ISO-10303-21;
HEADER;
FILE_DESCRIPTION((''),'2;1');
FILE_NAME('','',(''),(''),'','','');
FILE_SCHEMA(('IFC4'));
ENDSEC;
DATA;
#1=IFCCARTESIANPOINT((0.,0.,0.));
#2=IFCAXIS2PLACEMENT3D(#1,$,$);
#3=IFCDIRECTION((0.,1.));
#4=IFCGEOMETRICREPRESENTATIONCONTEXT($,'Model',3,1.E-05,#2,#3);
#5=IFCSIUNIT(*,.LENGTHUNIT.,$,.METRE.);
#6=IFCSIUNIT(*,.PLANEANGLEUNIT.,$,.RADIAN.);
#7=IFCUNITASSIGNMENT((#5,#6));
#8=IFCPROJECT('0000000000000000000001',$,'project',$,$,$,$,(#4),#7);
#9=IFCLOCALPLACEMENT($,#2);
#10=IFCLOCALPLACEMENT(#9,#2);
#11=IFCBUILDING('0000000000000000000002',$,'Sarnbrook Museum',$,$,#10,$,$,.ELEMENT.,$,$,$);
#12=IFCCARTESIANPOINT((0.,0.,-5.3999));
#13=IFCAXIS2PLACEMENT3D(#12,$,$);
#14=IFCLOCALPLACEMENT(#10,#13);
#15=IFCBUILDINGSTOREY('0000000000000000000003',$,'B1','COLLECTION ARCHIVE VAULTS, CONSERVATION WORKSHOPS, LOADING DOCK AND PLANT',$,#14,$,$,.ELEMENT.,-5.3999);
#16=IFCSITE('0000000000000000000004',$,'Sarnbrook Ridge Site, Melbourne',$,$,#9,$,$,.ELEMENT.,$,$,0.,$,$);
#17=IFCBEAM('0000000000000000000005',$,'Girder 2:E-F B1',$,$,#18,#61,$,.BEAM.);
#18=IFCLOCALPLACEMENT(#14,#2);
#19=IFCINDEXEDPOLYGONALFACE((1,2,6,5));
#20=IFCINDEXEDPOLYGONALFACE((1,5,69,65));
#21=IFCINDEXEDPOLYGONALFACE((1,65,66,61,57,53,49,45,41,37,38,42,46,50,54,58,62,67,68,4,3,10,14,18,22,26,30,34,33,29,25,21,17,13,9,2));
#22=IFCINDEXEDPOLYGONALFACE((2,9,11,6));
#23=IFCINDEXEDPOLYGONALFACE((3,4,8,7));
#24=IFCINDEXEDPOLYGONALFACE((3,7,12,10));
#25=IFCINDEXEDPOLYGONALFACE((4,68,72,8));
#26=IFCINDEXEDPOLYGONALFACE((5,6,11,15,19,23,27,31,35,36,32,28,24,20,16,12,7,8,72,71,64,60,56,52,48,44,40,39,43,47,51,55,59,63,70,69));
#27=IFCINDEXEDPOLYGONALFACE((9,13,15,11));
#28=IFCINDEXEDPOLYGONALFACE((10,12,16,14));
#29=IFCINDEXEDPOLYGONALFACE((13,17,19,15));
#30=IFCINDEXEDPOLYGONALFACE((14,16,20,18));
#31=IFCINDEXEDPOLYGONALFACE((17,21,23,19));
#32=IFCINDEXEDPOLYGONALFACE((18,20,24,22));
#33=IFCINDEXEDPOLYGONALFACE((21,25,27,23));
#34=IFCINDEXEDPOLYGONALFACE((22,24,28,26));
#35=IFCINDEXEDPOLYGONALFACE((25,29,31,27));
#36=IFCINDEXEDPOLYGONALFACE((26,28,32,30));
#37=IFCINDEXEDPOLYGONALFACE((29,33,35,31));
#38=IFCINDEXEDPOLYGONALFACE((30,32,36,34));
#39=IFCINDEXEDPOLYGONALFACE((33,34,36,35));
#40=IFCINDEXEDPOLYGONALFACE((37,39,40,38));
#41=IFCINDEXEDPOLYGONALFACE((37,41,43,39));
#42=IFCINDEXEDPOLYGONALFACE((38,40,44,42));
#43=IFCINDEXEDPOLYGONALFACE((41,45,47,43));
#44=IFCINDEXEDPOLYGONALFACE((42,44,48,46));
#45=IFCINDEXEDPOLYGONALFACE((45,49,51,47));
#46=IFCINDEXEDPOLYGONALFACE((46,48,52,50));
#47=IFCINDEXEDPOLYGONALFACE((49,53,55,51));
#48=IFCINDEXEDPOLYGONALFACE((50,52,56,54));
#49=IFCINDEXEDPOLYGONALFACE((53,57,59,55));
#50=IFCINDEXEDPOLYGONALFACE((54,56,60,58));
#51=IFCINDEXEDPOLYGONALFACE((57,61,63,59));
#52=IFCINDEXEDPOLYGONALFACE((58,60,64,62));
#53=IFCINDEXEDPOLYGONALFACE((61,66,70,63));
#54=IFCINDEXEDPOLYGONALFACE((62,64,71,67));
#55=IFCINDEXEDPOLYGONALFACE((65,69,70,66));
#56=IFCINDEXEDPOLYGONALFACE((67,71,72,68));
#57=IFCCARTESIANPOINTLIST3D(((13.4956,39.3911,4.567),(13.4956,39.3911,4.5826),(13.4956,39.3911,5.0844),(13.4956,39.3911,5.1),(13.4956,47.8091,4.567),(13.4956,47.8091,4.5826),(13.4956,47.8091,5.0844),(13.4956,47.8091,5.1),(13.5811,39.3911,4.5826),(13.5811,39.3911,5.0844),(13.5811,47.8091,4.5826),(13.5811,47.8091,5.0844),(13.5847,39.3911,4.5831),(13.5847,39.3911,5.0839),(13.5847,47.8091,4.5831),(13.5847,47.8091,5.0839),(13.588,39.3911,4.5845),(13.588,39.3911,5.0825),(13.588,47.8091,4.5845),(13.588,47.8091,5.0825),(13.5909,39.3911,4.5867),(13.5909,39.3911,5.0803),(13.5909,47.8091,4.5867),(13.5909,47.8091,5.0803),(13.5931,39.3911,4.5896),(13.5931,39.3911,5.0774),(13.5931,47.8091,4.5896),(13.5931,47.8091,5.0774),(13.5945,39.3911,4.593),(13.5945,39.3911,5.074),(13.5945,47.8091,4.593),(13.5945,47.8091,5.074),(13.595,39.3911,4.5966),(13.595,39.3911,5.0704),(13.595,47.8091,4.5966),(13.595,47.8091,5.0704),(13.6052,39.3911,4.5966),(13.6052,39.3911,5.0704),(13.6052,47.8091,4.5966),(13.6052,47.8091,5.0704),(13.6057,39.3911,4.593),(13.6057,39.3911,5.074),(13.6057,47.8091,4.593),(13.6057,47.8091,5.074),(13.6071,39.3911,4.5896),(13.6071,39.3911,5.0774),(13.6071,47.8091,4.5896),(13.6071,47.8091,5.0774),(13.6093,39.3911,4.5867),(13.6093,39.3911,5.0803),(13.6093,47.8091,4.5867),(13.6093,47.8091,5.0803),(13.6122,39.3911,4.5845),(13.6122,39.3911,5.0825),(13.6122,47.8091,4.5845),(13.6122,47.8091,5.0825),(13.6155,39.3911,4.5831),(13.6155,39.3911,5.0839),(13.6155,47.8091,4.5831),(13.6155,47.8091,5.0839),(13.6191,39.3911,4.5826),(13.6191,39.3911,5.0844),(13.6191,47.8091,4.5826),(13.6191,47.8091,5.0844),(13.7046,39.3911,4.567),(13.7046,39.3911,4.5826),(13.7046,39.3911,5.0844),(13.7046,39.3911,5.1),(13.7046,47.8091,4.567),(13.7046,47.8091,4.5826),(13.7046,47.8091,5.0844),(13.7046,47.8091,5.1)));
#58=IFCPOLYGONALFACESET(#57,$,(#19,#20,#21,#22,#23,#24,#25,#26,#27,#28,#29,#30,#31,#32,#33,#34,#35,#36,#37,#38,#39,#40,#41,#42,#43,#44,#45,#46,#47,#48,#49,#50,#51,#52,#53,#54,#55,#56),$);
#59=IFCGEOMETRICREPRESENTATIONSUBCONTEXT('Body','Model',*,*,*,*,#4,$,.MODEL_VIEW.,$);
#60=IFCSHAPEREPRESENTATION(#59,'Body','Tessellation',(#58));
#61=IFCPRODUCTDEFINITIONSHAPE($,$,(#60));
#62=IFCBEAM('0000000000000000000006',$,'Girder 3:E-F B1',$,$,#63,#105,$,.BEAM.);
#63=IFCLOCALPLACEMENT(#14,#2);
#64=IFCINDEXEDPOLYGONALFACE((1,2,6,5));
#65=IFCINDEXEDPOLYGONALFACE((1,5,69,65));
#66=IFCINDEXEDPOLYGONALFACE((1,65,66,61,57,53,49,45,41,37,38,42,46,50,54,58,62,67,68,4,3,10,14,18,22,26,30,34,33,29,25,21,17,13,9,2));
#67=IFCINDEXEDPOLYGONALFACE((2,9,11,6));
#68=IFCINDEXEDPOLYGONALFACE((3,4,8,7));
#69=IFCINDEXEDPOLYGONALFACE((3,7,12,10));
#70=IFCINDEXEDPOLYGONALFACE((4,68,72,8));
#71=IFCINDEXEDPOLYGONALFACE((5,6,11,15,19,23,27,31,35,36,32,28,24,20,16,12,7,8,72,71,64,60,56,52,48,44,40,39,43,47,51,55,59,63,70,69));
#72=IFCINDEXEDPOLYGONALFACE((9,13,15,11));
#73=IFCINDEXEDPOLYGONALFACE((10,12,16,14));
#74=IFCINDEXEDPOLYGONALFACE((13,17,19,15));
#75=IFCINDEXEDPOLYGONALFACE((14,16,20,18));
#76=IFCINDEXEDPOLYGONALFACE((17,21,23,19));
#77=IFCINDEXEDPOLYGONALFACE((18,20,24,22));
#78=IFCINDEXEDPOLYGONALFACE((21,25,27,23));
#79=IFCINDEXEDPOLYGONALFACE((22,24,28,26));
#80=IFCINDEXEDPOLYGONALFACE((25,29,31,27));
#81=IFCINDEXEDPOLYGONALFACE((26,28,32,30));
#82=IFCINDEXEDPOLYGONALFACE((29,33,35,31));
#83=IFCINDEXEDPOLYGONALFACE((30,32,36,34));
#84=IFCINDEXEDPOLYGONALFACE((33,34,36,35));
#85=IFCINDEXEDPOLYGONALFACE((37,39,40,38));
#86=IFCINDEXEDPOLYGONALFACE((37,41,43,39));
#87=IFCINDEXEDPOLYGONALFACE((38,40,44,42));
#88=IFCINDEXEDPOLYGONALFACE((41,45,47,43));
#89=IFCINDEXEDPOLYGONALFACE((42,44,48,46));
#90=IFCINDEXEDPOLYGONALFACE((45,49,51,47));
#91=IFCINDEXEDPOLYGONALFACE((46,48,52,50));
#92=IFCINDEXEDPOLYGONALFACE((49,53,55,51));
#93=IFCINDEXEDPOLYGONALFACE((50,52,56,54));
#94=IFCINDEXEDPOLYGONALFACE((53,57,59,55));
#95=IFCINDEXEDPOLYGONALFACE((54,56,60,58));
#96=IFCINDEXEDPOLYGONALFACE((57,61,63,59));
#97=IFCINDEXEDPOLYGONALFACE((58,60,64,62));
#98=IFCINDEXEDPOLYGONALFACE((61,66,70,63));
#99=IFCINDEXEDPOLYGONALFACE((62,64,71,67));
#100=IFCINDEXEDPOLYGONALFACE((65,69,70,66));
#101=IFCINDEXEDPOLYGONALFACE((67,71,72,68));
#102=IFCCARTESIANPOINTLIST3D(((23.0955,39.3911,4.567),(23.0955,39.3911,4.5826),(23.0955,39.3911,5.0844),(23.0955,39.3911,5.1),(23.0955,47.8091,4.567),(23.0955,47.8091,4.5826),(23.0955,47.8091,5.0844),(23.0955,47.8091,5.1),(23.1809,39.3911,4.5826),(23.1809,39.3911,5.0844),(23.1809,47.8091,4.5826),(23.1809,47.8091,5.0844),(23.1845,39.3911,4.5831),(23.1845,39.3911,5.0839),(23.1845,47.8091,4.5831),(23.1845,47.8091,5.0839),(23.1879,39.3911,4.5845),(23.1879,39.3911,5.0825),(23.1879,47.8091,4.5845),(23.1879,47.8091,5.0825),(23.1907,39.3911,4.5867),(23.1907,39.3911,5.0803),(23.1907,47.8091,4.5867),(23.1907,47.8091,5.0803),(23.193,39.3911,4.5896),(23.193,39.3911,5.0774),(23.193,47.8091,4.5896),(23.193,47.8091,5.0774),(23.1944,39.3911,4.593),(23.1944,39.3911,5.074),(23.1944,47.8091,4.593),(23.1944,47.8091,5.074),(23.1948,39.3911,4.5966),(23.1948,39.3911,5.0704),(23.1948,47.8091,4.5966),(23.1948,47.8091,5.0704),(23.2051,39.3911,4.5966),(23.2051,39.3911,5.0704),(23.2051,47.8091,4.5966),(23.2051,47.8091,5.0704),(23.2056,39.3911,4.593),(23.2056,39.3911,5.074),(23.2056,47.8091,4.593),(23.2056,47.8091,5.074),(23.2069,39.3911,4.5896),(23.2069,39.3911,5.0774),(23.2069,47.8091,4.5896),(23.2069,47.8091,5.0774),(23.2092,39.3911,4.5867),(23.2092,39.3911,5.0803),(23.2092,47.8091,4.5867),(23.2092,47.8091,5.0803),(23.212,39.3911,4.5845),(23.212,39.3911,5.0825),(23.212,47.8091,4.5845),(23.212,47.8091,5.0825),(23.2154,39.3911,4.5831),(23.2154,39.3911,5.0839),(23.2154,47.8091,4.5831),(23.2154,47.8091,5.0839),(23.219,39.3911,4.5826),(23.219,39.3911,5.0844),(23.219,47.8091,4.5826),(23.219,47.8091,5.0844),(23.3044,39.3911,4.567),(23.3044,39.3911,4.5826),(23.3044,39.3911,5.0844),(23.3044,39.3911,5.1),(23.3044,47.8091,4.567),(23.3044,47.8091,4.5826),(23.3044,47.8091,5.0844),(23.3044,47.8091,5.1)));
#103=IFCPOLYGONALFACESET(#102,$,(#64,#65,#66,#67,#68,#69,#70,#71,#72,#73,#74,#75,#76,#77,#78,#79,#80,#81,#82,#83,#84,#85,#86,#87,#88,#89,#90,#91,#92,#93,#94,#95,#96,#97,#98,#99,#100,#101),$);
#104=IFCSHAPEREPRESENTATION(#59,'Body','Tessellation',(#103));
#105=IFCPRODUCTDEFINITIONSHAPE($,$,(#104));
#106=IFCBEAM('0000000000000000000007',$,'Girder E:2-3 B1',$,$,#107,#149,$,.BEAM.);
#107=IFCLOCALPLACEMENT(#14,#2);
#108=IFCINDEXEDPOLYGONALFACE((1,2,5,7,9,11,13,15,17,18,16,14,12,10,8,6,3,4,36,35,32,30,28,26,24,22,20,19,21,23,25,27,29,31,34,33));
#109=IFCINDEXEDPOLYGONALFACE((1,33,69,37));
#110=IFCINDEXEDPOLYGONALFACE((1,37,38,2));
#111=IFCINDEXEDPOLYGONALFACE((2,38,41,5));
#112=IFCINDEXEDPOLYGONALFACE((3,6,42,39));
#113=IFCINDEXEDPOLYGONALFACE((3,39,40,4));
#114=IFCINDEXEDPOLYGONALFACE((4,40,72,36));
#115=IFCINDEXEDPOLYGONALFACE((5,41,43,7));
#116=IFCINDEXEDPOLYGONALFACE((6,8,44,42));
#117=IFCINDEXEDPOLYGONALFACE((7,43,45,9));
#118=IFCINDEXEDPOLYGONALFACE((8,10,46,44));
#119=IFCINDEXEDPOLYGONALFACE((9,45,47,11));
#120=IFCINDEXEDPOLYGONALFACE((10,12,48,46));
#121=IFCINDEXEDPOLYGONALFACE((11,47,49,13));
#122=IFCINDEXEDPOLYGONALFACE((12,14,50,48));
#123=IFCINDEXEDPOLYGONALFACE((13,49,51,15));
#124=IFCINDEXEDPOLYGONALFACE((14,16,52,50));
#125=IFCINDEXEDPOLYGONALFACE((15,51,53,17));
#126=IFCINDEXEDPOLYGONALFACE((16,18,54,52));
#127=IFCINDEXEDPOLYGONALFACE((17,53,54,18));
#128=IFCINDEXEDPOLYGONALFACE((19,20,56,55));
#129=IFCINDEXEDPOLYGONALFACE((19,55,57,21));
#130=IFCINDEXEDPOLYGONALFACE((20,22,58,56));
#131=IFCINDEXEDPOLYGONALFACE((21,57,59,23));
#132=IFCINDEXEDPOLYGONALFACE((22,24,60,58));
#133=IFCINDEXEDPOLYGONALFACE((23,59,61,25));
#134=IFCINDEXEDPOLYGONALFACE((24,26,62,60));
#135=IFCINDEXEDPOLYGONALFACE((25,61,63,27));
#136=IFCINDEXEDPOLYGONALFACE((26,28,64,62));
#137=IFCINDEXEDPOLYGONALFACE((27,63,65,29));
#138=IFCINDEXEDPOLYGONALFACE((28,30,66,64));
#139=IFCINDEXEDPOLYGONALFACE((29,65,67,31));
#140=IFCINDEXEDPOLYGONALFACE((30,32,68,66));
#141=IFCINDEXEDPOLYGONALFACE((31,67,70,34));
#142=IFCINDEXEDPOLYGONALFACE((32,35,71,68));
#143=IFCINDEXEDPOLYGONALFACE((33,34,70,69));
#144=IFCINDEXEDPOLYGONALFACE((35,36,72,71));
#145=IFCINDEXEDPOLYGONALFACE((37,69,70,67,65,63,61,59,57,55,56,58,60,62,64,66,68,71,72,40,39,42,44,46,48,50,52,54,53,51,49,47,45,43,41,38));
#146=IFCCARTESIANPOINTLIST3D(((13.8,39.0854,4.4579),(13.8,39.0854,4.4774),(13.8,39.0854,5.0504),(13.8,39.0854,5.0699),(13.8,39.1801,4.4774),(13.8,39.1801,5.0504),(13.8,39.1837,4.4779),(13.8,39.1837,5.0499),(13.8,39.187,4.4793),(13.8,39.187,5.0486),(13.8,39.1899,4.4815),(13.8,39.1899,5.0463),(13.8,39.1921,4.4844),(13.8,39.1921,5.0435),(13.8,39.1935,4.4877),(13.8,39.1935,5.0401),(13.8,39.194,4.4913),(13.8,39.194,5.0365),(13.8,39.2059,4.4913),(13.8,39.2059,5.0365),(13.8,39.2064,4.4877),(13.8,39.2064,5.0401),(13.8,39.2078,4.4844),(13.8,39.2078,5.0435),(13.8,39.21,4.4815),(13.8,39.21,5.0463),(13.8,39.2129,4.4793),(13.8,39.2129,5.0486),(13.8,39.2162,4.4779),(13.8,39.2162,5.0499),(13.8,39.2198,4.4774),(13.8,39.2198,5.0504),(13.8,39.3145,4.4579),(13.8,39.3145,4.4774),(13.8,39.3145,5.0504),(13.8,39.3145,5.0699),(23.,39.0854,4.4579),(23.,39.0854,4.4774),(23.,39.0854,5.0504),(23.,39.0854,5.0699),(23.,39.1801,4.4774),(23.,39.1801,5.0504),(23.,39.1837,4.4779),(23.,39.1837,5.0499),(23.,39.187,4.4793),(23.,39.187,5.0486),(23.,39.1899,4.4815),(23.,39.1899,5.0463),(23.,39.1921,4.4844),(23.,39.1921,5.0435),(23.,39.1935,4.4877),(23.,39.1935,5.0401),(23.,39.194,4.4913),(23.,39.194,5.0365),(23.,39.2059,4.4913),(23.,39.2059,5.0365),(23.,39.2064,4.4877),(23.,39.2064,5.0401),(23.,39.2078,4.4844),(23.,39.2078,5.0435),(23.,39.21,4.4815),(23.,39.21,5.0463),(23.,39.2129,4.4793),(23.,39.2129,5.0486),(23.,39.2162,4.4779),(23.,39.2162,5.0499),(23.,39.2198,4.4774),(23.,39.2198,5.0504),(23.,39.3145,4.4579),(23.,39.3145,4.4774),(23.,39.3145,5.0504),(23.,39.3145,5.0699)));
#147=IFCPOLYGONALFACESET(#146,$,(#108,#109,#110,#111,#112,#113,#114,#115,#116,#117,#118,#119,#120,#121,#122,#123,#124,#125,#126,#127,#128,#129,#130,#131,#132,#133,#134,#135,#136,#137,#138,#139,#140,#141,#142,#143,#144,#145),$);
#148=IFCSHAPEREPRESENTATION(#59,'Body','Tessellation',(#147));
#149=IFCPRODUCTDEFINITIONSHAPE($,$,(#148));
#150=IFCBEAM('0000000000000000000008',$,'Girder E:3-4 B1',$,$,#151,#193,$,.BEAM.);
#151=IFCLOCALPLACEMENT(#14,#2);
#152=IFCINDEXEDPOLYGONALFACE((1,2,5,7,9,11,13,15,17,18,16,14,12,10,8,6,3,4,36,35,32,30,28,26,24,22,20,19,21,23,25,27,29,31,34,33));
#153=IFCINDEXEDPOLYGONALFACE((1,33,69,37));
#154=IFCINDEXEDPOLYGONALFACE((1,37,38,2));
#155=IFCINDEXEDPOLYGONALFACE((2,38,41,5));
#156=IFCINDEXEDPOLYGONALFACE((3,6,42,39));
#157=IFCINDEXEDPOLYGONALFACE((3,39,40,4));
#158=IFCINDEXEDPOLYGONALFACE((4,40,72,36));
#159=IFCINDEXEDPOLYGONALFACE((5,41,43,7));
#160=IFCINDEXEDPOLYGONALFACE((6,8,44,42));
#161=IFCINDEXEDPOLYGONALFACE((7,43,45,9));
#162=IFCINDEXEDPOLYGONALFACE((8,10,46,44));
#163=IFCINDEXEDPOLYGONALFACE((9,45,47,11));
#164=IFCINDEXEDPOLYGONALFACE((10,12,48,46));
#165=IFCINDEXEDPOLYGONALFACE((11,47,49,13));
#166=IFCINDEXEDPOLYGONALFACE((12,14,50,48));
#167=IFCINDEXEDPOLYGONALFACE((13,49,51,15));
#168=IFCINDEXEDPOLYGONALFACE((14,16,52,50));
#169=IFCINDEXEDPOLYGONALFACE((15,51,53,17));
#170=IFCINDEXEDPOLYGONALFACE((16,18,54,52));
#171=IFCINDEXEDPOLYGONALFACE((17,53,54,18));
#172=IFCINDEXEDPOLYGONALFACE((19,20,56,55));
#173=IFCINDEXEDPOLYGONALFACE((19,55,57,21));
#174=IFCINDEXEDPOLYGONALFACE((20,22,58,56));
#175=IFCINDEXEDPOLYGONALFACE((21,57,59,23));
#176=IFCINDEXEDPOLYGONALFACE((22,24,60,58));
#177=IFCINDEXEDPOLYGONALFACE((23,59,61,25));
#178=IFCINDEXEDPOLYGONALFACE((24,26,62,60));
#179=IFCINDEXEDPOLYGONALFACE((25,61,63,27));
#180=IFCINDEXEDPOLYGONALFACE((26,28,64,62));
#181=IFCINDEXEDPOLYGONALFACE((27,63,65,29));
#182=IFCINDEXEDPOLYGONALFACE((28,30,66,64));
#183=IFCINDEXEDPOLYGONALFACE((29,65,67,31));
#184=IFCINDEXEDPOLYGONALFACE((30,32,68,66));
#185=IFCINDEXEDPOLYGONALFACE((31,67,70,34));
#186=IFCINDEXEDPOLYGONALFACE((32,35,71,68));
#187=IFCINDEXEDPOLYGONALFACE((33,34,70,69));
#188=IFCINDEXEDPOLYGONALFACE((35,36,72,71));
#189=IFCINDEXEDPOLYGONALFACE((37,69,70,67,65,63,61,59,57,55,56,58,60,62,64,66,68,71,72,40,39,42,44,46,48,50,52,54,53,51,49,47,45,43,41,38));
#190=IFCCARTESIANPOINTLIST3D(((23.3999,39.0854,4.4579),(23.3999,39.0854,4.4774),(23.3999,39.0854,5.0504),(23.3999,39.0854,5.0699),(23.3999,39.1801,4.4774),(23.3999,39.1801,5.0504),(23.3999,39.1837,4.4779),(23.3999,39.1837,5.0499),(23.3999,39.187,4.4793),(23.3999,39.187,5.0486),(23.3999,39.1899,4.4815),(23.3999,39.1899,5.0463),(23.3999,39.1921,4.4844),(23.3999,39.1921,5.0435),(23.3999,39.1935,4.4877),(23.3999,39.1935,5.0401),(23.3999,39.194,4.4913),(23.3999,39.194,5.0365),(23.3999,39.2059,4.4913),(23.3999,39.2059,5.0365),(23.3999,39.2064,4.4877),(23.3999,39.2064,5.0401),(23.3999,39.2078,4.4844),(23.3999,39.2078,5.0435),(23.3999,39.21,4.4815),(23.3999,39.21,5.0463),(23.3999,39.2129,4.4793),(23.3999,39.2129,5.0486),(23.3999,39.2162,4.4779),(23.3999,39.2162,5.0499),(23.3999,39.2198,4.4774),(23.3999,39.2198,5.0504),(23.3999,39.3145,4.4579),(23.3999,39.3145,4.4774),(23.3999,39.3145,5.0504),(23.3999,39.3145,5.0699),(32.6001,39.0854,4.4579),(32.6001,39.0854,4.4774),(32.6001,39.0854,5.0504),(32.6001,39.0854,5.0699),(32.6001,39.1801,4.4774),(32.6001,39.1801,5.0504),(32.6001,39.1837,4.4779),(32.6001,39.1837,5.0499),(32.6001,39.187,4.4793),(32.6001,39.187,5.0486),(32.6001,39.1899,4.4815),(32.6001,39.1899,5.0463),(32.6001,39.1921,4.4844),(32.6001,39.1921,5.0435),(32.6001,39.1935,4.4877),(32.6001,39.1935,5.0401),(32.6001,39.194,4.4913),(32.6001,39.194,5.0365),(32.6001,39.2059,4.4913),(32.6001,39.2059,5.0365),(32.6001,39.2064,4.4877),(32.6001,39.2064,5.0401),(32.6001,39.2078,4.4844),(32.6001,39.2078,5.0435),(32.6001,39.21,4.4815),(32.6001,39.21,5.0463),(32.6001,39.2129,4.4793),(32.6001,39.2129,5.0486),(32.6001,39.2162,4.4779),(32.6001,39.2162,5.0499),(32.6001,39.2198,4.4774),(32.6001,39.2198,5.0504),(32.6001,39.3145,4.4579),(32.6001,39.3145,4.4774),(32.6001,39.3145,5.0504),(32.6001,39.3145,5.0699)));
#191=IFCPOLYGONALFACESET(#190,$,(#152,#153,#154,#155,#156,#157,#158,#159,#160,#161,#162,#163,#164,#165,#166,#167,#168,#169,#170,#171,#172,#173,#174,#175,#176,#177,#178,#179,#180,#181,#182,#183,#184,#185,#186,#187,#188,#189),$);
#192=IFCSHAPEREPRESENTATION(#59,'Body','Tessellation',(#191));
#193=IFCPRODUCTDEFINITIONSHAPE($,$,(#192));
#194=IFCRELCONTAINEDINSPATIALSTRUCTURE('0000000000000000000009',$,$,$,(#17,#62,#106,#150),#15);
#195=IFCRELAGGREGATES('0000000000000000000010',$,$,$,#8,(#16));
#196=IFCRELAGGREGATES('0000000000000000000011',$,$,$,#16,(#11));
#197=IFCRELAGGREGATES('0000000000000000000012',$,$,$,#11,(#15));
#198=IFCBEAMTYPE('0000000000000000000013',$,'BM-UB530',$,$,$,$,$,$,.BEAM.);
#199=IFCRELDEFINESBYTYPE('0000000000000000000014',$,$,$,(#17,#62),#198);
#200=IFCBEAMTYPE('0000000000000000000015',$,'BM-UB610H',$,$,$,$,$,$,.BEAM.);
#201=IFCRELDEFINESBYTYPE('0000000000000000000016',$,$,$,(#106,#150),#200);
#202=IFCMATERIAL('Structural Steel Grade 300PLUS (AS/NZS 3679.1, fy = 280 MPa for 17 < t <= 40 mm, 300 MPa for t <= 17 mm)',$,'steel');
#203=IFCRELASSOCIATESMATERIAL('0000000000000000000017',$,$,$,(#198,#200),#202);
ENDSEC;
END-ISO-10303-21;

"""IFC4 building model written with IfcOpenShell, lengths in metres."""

from ifc_helpers import new_model, si_unit, direction, frame, origin, origin_2d, place, context, subcontext, project, spatial, i_section, extrude, material, material_profile, profile_set, type_object, element, save


model = new_model("IFC4")

# Units and contexts
model_context = context("Model", 3, precision=1e-05, world=origin(), true_north=direction((0.0, 1.0)))
body_context = subcontext(model_context, "Body", "Model", "MODEL_VIEW")
ifc_project = project(units=[si_unit("LENGTHUNIT", "METRE"), si_unit("PLANEANGLEUNIT", "RADIAN")], contexts=[model_context])

# Site, building, storey
site_placement = place(None, origin())
site = spatial("IfcSite", under=ifc_project, at=site_placement, Name="Sarnbrook Ridge Site, Melbourne", CompositionType="ELEMENT", RefElevation=0.0)
building_placement = place(site_placement, origin())
building = spatial("IfcBuilding", under=site, at=building_placement, Name="Sarnbrook Museum", CompositionType="ELEMENT")
storey_placement = place(building_placement, frame((0.0, 0.0, -5.3999)))
storey = spatial("IfcBuildingStorey", under=building, at=storey_placement, Name="B1", Description="COLLECTION ARCHIVE VAULTS, CONSERVATION WORKSHOPS, LOADING DOCK AND PLANT", CompositionType="ELEMENT", Elevation=-5.3999)

# Beams
ifc_material_1 = material(Name="Structural Steel Grade 300PLUS (AS/NZS 3679.1, fy = 280 MPa for 17 < t <= 40 mm, 300 MPa for t <= 17 mm)", Category="steel")
ifc_material_profile_1 = material_profile(ifc_material_1, i_section(OverallWidth=0.209, OverallDepth=0.533, WebThickness=0.0103, FlangeThickness=0.0156, FilletRadius=0.0139, at=origin_2d()), Name="530UB92.4")
ifc_profile_set_1 = profile_set([ifc_material_profile_1], Name="Structural Steel Grade 300PLUS (AS/NZS 3679.1, fy = 280 MPa for 17 < t <= 40 mm, 300 MPa for t <= 17 mm)")
beam_type_1 = type_object("IfcBeamType", Name="BM-UB530", PredefinedType="BEAM", material=ifc_profile_set_1)
for number, where, z_axis, x_axis, name in (
    (1, (13.6001, 39.3911, 4.8335), (0.0, 1.0, 0.0), (-1.0, 0.0, 0.0), "Girder 2:E-F B1"),
    (2, (23.2, 39.3911, 4.8335), (0.0, 1.0, 0.0), (-1.0, 0.0, 0.0), "Girder 3:E-F B1"),
):
    element("IfcBeam", number, at=place(storey_placement, frame(where, z_axis=z_axis, x_axis=x_axis)), inside=storey, type_object=beam_type_1, Name=name, PredefinedType="BEAM", context=body_context, shape_type="SweptSolid", body=[
        extrude(i_section(OverallWidth=0.209, OverallDepth=0.533, WebThickness=0.0103, FlangeThickness=0.0156, FilletRadius=0.0139, at=origin_2d()), origin(), (0.0, 0.0, 1.0), 8.418),
    ])
ifc_material_profile_2 = material_profile(ifc_material_1, i_section(OverallWidth=0.229, OverallDepth=0.6121, WebThickness=0.012, FlangeThickness=0.0195, FilletRadius=0.0139, at=origin_2d()), Name="610UB125")
ifc_profile_set_2 = profile_set([ifc_material_profile_2], Name="Structural Steel Grade 300PLUS (AS/NZS 3679.1, fy = 280 MPa for 17 < t <= 40 mm, 300 MPa for t <= 17 mm)")
beam_type_2 = type_object("IfcBeamType", Name="BM-UB610H", PredefinedType="BEAM", material=ifc_profile_set_2)
beam_1_placement = place(storey_placement, frame((13.8, 39.2, 4.7639), z_axis=(1.0, 0.0, 0.0), x_axis=(0.0, 1.0, 0.0)))
element("IfcBeam", 3, at=beam_1_placement, inside=storey, type_object=beam_type_2, Name="Girder E:2-3 B1", PredefinedType="BEAM", context=body_context, shape_type="SweptSolid", body=[
    extrude(i_section(OverallWidth=0.229, OverallDepth=0.6121, WebThickness=0.012, FlangeThickness=0.0195, FilletRadius=0.0139, at=origin_2d()), origin(), (0.0, 0.0, 1.0), 9.2),
])
beam_2_placement = place(storey_placement, frame((23.3999, 39.2, 4.7639), z_axis=(1.0, 0.0, 0.0), x_axis=(0.0, 1.0, 0.0)))
element("IfcBeam", 4, at=beam_2_placement, inside=storey, type_object=beam_type_2, Name="Girder E:3-4 B1", PredefinedType="BEAM", context=body_context, shape_type="SweptSolid", body=[
    extrude(i_section(OverallWidth=0.229, OverallDepth=0.6121, WebThickness=0.012, FlangeThickness=0.0195, FilletRadius=0.0139, at=origin_2d()), origin(), (0.0, 0.0, 1.0), 9.2002),
])

save(model, "model.ifc")
